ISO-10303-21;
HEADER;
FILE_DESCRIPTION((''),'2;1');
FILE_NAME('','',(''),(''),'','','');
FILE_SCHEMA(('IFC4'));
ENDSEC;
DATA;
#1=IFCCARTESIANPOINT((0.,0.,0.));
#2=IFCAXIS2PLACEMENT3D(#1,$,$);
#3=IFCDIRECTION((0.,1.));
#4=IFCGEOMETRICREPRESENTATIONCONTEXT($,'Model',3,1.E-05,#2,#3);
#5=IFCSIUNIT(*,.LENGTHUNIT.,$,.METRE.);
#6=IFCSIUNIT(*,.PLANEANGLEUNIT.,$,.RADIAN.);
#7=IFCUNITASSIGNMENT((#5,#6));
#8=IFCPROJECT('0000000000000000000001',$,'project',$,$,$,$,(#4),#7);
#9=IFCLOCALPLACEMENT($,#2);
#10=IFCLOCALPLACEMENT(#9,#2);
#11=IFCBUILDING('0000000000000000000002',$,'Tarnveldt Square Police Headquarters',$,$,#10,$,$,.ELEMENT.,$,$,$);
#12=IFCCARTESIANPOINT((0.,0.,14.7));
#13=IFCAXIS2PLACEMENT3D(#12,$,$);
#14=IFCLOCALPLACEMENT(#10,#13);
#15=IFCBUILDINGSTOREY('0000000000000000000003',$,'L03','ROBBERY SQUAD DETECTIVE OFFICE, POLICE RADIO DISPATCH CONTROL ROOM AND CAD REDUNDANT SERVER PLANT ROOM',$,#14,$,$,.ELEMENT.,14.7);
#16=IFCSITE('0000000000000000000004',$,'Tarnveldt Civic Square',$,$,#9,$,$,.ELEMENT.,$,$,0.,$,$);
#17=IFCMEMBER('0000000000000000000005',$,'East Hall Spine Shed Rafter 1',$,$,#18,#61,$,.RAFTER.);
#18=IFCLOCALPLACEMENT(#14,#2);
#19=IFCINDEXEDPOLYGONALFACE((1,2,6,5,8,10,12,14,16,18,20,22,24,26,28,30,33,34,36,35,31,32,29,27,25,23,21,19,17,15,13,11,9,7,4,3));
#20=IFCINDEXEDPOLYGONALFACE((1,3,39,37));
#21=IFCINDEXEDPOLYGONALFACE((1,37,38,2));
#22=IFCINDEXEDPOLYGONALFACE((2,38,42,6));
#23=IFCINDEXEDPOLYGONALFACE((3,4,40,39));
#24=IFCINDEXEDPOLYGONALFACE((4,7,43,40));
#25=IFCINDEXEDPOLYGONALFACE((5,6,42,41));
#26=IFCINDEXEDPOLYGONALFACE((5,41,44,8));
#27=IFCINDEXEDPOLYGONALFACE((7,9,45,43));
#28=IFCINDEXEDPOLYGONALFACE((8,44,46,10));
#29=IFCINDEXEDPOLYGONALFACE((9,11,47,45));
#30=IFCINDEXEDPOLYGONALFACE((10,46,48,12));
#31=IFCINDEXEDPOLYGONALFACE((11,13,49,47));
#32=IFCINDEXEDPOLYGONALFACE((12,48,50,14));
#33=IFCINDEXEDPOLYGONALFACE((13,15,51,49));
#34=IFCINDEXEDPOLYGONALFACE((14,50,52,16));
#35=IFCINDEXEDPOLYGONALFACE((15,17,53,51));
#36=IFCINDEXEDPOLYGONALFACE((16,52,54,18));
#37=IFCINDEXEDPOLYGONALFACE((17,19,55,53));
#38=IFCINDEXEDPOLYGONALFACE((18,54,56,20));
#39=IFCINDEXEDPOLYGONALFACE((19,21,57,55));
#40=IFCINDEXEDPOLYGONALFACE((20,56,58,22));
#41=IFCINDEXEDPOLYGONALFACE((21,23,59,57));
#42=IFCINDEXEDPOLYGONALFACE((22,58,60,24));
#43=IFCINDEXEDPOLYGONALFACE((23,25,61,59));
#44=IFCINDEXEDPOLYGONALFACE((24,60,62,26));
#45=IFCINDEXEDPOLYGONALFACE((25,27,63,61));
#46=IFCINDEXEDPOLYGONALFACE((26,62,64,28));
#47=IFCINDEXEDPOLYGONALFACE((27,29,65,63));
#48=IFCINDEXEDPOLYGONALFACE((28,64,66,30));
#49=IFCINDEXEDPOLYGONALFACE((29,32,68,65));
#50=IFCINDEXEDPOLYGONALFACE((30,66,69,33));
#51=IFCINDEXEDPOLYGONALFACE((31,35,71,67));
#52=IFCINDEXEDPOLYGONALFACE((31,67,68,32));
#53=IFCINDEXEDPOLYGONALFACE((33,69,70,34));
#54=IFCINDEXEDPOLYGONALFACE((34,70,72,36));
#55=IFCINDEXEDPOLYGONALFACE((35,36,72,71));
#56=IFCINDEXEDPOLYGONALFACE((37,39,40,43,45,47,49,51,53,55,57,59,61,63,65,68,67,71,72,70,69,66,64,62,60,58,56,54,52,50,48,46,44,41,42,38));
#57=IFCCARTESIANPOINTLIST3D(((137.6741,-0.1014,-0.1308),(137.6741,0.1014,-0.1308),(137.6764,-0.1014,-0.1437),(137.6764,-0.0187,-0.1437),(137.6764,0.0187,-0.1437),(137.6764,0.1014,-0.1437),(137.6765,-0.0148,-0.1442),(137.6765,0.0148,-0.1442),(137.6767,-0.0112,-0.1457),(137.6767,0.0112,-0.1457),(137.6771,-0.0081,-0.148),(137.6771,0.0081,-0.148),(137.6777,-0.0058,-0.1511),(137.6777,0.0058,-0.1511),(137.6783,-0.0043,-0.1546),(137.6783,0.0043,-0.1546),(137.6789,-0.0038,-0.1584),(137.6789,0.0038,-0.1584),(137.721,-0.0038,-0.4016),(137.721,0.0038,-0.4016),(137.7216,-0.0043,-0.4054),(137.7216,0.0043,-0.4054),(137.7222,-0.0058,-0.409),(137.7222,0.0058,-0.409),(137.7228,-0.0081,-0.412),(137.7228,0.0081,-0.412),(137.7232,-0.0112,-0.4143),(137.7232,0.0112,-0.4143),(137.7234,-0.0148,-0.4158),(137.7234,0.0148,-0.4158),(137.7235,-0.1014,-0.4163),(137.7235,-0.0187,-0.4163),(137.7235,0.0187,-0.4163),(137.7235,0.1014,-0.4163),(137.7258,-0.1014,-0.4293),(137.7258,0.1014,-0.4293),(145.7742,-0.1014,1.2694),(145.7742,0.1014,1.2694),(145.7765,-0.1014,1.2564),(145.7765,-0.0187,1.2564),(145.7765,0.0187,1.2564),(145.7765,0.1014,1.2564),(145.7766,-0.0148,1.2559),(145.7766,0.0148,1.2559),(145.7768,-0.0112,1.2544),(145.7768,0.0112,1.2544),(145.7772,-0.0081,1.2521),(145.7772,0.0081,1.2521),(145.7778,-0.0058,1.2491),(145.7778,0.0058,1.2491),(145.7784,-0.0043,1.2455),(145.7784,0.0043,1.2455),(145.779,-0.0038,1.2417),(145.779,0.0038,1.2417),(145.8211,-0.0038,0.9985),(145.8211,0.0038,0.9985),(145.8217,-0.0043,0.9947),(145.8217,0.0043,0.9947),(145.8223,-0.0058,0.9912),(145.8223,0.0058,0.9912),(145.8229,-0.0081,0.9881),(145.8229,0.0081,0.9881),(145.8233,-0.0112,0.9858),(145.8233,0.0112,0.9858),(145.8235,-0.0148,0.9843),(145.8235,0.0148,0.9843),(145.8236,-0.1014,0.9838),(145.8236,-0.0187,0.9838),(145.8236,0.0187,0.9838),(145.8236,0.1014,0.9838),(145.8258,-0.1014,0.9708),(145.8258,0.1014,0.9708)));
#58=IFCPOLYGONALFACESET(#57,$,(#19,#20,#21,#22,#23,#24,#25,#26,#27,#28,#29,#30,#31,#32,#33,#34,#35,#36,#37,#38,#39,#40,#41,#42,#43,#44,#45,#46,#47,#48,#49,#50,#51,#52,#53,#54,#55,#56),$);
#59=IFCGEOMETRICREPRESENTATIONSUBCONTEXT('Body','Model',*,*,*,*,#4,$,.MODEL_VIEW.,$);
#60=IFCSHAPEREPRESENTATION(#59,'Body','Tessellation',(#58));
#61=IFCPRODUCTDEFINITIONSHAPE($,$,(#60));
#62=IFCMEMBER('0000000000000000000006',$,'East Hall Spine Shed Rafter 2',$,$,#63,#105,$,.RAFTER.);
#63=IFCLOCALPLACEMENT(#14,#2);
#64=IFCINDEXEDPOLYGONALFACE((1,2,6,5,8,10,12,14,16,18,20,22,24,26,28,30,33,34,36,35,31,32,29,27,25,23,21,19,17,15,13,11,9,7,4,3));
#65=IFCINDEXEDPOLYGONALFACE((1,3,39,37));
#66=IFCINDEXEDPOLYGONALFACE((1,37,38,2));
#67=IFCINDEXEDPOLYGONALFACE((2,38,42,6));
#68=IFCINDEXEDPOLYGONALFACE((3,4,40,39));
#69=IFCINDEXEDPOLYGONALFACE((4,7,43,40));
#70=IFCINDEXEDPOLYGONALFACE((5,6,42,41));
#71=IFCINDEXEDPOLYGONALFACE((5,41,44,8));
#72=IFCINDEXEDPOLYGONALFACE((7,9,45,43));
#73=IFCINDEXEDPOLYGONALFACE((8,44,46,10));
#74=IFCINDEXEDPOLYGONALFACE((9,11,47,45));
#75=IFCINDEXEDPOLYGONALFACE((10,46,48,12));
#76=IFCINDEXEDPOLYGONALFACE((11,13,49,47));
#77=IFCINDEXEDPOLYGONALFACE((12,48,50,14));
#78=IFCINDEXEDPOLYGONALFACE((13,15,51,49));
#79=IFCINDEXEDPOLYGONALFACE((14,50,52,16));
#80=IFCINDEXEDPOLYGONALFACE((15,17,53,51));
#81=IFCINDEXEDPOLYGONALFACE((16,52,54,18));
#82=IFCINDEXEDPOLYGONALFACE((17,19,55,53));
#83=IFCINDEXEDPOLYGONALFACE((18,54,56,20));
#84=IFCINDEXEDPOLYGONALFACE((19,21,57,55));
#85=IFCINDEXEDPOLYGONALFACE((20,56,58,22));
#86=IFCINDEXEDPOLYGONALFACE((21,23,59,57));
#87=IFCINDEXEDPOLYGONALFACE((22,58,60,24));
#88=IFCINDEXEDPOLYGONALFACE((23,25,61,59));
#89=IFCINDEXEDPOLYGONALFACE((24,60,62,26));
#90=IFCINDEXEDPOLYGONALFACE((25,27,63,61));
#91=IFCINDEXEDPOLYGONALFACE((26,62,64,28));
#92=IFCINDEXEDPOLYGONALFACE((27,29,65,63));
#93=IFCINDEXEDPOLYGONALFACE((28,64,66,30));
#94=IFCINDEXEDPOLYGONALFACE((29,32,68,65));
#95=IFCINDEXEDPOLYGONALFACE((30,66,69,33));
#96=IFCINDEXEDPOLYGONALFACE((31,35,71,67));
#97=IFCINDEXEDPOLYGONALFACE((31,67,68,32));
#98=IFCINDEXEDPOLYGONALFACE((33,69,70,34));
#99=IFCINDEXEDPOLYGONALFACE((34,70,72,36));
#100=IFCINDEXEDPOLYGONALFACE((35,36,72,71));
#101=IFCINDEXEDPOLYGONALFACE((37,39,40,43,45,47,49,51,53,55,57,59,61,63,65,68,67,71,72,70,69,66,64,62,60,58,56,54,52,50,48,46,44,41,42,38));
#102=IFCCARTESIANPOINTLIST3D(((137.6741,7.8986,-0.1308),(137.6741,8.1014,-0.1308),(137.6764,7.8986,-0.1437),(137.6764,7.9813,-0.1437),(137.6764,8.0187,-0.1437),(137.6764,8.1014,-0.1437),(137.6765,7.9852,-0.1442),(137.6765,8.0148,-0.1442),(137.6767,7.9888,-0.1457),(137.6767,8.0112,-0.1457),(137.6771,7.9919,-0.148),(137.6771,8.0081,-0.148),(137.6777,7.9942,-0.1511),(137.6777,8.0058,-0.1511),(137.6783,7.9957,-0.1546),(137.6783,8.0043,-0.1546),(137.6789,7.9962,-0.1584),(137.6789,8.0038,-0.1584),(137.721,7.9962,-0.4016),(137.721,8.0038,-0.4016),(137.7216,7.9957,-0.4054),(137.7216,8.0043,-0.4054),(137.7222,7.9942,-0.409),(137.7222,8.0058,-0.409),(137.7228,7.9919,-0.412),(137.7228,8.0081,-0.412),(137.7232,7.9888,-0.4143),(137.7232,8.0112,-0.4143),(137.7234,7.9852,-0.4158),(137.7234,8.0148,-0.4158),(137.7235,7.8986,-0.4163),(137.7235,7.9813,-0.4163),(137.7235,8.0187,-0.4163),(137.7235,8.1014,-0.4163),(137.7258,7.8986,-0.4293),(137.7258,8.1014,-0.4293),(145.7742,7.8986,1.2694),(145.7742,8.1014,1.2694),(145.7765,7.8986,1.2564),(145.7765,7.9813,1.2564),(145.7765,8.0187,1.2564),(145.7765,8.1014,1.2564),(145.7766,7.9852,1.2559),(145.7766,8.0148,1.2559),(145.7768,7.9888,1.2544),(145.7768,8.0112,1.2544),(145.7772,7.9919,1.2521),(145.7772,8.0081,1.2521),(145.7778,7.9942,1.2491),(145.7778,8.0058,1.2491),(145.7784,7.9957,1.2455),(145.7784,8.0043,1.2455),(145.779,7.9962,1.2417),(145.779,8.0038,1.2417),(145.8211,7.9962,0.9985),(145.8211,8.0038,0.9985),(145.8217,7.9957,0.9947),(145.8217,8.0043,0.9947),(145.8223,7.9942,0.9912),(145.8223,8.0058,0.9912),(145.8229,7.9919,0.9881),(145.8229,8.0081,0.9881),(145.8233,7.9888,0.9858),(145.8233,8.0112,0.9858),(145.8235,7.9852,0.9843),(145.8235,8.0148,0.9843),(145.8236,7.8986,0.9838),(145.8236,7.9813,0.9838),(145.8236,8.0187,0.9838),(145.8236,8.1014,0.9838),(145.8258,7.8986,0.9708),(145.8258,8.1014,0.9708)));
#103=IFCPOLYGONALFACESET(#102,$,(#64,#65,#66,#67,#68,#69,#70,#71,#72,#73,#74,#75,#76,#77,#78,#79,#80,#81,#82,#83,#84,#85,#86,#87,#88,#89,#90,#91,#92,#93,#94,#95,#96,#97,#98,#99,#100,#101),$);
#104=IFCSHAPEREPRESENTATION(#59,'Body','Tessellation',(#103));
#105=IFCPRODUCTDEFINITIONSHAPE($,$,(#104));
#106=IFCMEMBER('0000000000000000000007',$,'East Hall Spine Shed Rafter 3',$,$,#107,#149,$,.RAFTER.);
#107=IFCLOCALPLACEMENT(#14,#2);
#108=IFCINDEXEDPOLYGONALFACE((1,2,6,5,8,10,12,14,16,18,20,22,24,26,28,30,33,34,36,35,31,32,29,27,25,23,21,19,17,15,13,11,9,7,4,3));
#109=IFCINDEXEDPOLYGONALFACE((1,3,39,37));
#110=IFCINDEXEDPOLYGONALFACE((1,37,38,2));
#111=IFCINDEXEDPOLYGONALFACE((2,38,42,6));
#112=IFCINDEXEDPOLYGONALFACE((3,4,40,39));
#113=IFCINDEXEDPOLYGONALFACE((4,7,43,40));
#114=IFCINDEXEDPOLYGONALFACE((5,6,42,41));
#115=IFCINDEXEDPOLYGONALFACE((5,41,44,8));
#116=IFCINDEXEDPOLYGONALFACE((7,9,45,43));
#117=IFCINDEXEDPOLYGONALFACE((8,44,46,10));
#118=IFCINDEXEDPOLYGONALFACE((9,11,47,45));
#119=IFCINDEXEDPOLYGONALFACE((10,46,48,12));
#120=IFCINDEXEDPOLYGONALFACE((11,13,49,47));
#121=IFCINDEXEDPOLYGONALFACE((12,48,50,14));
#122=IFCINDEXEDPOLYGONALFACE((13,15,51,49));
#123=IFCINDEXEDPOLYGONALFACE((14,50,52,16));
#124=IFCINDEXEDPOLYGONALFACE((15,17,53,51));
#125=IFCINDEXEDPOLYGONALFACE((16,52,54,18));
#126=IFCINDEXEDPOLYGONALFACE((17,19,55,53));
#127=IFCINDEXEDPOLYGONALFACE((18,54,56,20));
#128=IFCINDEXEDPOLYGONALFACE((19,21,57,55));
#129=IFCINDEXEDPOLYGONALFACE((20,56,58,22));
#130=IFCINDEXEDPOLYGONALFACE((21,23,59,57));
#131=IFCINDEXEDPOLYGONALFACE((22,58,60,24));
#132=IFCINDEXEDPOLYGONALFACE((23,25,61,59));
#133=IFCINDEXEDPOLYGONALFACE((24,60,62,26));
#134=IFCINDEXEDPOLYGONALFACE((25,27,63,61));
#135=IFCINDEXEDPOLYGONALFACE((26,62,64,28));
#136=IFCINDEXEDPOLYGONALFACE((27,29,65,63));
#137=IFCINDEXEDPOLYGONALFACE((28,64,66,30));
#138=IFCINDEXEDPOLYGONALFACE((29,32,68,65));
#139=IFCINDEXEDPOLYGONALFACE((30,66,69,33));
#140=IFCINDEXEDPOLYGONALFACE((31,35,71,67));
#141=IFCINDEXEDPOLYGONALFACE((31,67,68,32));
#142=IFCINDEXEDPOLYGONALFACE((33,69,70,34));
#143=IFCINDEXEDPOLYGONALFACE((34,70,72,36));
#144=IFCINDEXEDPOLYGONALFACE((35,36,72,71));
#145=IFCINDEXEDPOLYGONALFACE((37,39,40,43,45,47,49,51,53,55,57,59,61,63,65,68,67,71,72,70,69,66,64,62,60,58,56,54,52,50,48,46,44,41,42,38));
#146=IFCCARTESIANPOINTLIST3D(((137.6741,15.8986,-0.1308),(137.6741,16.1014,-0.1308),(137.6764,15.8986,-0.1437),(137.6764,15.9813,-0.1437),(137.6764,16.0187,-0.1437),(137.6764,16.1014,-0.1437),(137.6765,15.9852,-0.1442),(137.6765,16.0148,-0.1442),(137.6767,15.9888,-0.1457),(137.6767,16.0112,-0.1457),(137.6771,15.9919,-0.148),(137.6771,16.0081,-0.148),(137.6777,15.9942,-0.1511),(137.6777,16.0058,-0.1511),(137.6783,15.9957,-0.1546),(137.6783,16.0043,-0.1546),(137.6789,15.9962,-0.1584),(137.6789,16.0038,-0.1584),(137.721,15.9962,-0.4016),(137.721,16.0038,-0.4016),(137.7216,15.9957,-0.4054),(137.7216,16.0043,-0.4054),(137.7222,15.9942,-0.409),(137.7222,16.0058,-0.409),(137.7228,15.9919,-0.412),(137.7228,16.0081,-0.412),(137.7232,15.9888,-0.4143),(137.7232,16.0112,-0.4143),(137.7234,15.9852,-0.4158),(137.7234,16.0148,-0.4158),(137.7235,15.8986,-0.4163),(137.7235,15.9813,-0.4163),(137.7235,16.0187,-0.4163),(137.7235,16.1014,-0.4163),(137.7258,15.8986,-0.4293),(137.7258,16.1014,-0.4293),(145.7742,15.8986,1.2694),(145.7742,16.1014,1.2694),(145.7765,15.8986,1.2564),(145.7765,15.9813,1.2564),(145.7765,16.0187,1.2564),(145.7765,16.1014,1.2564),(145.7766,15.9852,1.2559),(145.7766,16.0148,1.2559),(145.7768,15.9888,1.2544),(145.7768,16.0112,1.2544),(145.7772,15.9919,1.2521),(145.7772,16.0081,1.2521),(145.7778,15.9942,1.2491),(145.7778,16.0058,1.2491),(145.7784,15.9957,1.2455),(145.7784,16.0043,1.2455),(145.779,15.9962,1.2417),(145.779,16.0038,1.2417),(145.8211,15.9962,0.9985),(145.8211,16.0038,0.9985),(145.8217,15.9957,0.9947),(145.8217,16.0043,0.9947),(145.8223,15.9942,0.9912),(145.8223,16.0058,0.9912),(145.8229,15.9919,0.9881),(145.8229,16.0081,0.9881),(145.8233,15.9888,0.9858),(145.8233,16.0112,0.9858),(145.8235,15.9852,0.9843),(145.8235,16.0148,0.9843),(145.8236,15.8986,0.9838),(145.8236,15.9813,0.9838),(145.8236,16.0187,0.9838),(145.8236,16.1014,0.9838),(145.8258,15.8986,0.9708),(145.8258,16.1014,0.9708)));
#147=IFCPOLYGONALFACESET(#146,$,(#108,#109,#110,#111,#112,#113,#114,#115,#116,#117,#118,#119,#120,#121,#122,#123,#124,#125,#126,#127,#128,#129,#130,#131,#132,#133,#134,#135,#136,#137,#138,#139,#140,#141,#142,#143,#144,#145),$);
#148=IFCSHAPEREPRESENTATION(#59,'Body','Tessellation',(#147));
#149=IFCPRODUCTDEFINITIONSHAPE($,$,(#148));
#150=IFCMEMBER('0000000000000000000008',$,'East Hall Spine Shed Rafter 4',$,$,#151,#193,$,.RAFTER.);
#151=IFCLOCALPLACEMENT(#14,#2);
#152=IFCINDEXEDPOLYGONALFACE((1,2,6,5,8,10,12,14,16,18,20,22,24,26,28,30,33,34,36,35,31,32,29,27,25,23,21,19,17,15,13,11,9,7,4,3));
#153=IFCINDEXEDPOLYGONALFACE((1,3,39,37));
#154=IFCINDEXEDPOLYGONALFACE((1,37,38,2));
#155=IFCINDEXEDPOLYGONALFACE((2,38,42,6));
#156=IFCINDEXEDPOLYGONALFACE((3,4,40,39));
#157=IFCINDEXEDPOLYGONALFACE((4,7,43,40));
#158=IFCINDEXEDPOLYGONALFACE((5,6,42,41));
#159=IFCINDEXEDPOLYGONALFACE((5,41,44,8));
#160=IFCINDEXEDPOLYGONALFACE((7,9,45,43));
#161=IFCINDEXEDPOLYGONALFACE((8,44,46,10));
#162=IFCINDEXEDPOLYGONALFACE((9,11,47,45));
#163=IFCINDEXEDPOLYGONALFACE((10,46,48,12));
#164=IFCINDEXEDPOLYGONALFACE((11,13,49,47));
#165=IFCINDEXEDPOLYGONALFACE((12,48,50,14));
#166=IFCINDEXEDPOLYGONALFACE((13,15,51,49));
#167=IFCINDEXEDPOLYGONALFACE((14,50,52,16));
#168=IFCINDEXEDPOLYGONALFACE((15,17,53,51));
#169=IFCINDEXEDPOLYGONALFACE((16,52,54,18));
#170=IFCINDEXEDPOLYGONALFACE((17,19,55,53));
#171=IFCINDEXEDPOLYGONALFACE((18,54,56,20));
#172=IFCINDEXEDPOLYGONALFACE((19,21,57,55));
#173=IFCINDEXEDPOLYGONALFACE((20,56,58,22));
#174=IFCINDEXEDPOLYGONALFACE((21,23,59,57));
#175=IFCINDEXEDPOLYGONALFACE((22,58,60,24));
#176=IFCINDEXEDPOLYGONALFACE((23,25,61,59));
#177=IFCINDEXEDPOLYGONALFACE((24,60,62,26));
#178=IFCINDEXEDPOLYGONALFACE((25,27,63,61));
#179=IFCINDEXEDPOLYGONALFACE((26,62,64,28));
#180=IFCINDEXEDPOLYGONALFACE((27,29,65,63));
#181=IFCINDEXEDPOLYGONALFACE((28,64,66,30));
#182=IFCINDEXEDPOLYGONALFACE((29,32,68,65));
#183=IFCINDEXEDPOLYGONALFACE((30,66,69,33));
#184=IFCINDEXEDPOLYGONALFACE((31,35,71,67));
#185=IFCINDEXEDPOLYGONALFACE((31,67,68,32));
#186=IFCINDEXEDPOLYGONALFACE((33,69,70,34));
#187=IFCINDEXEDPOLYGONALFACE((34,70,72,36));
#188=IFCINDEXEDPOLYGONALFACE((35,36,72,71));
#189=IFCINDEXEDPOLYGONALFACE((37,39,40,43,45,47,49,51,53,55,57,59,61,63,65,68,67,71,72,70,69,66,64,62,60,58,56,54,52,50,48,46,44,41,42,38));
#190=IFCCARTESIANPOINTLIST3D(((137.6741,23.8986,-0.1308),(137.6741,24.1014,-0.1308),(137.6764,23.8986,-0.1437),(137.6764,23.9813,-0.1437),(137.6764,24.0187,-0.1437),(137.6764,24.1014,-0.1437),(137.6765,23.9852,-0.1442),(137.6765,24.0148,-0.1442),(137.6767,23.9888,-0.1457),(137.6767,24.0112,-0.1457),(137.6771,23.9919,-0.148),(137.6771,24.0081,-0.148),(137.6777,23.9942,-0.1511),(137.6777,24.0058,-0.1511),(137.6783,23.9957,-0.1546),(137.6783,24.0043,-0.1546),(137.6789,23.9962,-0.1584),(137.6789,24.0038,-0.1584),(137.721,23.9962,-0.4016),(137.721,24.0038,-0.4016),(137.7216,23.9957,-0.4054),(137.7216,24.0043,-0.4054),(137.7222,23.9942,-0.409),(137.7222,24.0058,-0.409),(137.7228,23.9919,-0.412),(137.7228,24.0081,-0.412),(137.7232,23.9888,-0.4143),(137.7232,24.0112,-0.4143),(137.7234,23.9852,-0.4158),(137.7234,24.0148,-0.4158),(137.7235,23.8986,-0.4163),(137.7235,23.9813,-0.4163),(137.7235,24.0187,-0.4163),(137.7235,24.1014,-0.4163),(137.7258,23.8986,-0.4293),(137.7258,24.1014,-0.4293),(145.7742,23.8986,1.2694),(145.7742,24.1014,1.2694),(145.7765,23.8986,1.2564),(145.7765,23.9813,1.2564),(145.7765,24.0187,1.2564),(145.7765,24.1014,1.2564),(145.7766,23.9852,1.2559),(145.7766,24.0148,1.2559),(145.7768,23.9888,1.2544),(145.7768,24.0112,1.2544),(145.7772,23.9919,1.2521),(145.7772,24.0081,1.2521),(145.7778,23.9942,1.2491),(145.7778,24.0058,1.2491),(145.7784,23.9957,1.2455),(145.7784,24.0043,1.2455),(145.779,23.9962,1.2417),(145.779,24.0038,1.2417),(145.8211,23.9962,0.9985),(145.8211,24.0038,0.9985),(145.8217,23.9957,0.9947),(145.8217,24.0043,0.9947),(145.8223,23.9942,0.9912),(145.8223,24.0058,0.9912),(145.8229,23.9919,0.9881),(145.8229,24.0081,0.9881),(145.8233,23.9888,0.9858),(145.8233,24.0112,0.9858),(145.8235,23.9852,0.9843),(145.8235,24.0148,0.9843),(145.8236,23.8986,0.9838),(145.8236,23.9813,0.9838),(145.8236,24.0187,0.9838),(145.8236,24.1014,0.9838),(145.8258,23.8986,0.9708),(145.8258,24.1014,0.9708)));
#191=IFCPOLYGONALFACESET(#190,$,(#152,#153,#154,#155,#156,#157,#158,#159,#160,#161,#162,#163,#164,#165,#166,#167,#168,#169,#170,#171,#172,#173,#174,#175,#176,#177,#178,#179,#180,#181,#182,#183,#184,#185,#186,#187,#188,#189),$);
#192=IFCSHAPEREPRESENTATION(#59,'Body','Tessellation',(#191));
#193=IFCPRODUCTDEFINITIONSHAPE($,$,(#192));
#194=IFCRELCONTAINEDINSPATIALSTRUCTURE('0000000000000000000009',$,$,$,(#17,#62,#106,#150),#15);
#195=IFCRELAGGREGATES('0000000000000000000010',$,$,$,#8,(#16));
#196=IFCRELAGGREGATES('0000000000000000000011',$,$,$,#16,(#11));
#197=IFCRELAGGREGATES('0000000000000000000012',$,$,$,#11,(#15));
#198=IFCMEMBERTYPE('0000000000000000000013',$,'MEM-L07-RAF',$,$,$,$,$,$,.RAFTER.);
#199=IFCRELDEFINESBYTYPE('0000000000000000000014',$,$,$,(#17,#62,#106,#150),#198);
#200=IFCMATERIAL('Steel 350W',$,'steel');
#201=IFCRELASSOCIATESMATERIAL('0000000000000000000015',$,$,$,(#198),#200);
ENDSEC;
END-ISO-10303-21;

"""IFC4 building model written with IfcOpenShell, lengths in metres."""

from ifc_helpers import new_model, si_unit, direction, frame, origin, origin_2d, place, context, subcontext, project, spatial, i_section, extrude, material, material_profile, profile_set, type_object, element, save


model = new_model("IFC4")

# Units and contexts
model_context = context("Model", 3, precision=1e-05, world=origin(), true_north=direction((0.0, 1.0)))
body_context = subcontext(model_context, "Body", "Model", "MODEL_VIEW")
ifc_project = project(units=[si_unit("LENGTHUNIT", "METRE"), si_unit("PLANEANGLEUNIT", "RADIAN")], contexts=[model_context])

# Site, building, storey
site_placement = place(None, origin())
site = spatial("IfcSite", under=ifc_project, at=site_placement, Name="Tarnveldt Civic Square", CompositionType="ELEMENT", RefElevation=0.0)
building_placement = place(site_placement, origin())
building = spatial("IfcBuilding", under=site, at=building_placement, Name="Tarnveldt Square Police Headquarters", CompositionType="ELEMENT")
storey_placement = place(building_placement, frame((0.0, 0.0, 14.7)))
storey = spatial("IfcBuildingStorey", under=building, at=storey_placement, Name="L03", Description="ROBBERY SQUAD DETECTIVE OFFICE, POLICE RADIO DISPATCH CONTROL ROOM AND CAD REDUNDANT SERVER PLANT ROOM", CompositionType="ELEMENT", Elevation=14.7)

# Shared definitions
ifc_material_1 = material(Name="Steel 350W", Category="steel")

# Members
ifc_material_profile_1 = material_profile(ifc_material_1, i_section(OverallWidth=0.2029, OverallDepth=0.303, WebThickness=0.0076, FlangeThickness=0.0132, FilletRadius=0.0149, at=origin_2d()), Name="W310x60")
ifc_profile_set_1 = profile_set([ifc_material_profile_1], Name="Steel 350W")
member_type_1 = type_object("IfcMemberType", Name="MEM-L07-RAF", PredefinedType="RAFTER", material=ifc_profile_set_1)
for number, where, z_axis, x_axis, name in (
    (1, (137.7, 0.0, -0.28), (0.985387, 0.0, 0.17033), (0.0, 1.0, 0.0), "East Hall Spine Shed Rafter 1"),
    (2, (137.7, 8.0, -0.28), (0.985387, 0.0, 0.17033), (0.0, 1.0, 0.0), "East Hall Spine Shed Rafter 2"),
    (3, (137.7, 16.0, -0.28), (0.985387, 0.0, 0.17033), (0.0, 1.0, 0.0), "East Hall Spine Shed Rafter 3"),
    (4, (137.7, 24.0, -0.28), (0.985387, 0.0, 0.17033), (0.0, 1.0, 0.0), "East Hall Spine Shed Rafter 4"),
):
    element("IfcMember", number, at=place(storey_placement, frame(where, z_axis=z_axis, x_axis=x_axis)), inside=storey, type_object=member_type_1, Name=name, PredefinedType="RAFTER", context=body_context, shape_type="SweptSolid", body=[
        extrude(i_section(OverallWidth=0.2029, OverallDepth=0.303, WebThickness=0.0076, FlangeThickness=0.0132, FilletRadius=0.0149, at=origin_2d()), origin(), (0.0, 0.0, 1.0), 8.2202),
    ])

save(model, "model.ifc")
